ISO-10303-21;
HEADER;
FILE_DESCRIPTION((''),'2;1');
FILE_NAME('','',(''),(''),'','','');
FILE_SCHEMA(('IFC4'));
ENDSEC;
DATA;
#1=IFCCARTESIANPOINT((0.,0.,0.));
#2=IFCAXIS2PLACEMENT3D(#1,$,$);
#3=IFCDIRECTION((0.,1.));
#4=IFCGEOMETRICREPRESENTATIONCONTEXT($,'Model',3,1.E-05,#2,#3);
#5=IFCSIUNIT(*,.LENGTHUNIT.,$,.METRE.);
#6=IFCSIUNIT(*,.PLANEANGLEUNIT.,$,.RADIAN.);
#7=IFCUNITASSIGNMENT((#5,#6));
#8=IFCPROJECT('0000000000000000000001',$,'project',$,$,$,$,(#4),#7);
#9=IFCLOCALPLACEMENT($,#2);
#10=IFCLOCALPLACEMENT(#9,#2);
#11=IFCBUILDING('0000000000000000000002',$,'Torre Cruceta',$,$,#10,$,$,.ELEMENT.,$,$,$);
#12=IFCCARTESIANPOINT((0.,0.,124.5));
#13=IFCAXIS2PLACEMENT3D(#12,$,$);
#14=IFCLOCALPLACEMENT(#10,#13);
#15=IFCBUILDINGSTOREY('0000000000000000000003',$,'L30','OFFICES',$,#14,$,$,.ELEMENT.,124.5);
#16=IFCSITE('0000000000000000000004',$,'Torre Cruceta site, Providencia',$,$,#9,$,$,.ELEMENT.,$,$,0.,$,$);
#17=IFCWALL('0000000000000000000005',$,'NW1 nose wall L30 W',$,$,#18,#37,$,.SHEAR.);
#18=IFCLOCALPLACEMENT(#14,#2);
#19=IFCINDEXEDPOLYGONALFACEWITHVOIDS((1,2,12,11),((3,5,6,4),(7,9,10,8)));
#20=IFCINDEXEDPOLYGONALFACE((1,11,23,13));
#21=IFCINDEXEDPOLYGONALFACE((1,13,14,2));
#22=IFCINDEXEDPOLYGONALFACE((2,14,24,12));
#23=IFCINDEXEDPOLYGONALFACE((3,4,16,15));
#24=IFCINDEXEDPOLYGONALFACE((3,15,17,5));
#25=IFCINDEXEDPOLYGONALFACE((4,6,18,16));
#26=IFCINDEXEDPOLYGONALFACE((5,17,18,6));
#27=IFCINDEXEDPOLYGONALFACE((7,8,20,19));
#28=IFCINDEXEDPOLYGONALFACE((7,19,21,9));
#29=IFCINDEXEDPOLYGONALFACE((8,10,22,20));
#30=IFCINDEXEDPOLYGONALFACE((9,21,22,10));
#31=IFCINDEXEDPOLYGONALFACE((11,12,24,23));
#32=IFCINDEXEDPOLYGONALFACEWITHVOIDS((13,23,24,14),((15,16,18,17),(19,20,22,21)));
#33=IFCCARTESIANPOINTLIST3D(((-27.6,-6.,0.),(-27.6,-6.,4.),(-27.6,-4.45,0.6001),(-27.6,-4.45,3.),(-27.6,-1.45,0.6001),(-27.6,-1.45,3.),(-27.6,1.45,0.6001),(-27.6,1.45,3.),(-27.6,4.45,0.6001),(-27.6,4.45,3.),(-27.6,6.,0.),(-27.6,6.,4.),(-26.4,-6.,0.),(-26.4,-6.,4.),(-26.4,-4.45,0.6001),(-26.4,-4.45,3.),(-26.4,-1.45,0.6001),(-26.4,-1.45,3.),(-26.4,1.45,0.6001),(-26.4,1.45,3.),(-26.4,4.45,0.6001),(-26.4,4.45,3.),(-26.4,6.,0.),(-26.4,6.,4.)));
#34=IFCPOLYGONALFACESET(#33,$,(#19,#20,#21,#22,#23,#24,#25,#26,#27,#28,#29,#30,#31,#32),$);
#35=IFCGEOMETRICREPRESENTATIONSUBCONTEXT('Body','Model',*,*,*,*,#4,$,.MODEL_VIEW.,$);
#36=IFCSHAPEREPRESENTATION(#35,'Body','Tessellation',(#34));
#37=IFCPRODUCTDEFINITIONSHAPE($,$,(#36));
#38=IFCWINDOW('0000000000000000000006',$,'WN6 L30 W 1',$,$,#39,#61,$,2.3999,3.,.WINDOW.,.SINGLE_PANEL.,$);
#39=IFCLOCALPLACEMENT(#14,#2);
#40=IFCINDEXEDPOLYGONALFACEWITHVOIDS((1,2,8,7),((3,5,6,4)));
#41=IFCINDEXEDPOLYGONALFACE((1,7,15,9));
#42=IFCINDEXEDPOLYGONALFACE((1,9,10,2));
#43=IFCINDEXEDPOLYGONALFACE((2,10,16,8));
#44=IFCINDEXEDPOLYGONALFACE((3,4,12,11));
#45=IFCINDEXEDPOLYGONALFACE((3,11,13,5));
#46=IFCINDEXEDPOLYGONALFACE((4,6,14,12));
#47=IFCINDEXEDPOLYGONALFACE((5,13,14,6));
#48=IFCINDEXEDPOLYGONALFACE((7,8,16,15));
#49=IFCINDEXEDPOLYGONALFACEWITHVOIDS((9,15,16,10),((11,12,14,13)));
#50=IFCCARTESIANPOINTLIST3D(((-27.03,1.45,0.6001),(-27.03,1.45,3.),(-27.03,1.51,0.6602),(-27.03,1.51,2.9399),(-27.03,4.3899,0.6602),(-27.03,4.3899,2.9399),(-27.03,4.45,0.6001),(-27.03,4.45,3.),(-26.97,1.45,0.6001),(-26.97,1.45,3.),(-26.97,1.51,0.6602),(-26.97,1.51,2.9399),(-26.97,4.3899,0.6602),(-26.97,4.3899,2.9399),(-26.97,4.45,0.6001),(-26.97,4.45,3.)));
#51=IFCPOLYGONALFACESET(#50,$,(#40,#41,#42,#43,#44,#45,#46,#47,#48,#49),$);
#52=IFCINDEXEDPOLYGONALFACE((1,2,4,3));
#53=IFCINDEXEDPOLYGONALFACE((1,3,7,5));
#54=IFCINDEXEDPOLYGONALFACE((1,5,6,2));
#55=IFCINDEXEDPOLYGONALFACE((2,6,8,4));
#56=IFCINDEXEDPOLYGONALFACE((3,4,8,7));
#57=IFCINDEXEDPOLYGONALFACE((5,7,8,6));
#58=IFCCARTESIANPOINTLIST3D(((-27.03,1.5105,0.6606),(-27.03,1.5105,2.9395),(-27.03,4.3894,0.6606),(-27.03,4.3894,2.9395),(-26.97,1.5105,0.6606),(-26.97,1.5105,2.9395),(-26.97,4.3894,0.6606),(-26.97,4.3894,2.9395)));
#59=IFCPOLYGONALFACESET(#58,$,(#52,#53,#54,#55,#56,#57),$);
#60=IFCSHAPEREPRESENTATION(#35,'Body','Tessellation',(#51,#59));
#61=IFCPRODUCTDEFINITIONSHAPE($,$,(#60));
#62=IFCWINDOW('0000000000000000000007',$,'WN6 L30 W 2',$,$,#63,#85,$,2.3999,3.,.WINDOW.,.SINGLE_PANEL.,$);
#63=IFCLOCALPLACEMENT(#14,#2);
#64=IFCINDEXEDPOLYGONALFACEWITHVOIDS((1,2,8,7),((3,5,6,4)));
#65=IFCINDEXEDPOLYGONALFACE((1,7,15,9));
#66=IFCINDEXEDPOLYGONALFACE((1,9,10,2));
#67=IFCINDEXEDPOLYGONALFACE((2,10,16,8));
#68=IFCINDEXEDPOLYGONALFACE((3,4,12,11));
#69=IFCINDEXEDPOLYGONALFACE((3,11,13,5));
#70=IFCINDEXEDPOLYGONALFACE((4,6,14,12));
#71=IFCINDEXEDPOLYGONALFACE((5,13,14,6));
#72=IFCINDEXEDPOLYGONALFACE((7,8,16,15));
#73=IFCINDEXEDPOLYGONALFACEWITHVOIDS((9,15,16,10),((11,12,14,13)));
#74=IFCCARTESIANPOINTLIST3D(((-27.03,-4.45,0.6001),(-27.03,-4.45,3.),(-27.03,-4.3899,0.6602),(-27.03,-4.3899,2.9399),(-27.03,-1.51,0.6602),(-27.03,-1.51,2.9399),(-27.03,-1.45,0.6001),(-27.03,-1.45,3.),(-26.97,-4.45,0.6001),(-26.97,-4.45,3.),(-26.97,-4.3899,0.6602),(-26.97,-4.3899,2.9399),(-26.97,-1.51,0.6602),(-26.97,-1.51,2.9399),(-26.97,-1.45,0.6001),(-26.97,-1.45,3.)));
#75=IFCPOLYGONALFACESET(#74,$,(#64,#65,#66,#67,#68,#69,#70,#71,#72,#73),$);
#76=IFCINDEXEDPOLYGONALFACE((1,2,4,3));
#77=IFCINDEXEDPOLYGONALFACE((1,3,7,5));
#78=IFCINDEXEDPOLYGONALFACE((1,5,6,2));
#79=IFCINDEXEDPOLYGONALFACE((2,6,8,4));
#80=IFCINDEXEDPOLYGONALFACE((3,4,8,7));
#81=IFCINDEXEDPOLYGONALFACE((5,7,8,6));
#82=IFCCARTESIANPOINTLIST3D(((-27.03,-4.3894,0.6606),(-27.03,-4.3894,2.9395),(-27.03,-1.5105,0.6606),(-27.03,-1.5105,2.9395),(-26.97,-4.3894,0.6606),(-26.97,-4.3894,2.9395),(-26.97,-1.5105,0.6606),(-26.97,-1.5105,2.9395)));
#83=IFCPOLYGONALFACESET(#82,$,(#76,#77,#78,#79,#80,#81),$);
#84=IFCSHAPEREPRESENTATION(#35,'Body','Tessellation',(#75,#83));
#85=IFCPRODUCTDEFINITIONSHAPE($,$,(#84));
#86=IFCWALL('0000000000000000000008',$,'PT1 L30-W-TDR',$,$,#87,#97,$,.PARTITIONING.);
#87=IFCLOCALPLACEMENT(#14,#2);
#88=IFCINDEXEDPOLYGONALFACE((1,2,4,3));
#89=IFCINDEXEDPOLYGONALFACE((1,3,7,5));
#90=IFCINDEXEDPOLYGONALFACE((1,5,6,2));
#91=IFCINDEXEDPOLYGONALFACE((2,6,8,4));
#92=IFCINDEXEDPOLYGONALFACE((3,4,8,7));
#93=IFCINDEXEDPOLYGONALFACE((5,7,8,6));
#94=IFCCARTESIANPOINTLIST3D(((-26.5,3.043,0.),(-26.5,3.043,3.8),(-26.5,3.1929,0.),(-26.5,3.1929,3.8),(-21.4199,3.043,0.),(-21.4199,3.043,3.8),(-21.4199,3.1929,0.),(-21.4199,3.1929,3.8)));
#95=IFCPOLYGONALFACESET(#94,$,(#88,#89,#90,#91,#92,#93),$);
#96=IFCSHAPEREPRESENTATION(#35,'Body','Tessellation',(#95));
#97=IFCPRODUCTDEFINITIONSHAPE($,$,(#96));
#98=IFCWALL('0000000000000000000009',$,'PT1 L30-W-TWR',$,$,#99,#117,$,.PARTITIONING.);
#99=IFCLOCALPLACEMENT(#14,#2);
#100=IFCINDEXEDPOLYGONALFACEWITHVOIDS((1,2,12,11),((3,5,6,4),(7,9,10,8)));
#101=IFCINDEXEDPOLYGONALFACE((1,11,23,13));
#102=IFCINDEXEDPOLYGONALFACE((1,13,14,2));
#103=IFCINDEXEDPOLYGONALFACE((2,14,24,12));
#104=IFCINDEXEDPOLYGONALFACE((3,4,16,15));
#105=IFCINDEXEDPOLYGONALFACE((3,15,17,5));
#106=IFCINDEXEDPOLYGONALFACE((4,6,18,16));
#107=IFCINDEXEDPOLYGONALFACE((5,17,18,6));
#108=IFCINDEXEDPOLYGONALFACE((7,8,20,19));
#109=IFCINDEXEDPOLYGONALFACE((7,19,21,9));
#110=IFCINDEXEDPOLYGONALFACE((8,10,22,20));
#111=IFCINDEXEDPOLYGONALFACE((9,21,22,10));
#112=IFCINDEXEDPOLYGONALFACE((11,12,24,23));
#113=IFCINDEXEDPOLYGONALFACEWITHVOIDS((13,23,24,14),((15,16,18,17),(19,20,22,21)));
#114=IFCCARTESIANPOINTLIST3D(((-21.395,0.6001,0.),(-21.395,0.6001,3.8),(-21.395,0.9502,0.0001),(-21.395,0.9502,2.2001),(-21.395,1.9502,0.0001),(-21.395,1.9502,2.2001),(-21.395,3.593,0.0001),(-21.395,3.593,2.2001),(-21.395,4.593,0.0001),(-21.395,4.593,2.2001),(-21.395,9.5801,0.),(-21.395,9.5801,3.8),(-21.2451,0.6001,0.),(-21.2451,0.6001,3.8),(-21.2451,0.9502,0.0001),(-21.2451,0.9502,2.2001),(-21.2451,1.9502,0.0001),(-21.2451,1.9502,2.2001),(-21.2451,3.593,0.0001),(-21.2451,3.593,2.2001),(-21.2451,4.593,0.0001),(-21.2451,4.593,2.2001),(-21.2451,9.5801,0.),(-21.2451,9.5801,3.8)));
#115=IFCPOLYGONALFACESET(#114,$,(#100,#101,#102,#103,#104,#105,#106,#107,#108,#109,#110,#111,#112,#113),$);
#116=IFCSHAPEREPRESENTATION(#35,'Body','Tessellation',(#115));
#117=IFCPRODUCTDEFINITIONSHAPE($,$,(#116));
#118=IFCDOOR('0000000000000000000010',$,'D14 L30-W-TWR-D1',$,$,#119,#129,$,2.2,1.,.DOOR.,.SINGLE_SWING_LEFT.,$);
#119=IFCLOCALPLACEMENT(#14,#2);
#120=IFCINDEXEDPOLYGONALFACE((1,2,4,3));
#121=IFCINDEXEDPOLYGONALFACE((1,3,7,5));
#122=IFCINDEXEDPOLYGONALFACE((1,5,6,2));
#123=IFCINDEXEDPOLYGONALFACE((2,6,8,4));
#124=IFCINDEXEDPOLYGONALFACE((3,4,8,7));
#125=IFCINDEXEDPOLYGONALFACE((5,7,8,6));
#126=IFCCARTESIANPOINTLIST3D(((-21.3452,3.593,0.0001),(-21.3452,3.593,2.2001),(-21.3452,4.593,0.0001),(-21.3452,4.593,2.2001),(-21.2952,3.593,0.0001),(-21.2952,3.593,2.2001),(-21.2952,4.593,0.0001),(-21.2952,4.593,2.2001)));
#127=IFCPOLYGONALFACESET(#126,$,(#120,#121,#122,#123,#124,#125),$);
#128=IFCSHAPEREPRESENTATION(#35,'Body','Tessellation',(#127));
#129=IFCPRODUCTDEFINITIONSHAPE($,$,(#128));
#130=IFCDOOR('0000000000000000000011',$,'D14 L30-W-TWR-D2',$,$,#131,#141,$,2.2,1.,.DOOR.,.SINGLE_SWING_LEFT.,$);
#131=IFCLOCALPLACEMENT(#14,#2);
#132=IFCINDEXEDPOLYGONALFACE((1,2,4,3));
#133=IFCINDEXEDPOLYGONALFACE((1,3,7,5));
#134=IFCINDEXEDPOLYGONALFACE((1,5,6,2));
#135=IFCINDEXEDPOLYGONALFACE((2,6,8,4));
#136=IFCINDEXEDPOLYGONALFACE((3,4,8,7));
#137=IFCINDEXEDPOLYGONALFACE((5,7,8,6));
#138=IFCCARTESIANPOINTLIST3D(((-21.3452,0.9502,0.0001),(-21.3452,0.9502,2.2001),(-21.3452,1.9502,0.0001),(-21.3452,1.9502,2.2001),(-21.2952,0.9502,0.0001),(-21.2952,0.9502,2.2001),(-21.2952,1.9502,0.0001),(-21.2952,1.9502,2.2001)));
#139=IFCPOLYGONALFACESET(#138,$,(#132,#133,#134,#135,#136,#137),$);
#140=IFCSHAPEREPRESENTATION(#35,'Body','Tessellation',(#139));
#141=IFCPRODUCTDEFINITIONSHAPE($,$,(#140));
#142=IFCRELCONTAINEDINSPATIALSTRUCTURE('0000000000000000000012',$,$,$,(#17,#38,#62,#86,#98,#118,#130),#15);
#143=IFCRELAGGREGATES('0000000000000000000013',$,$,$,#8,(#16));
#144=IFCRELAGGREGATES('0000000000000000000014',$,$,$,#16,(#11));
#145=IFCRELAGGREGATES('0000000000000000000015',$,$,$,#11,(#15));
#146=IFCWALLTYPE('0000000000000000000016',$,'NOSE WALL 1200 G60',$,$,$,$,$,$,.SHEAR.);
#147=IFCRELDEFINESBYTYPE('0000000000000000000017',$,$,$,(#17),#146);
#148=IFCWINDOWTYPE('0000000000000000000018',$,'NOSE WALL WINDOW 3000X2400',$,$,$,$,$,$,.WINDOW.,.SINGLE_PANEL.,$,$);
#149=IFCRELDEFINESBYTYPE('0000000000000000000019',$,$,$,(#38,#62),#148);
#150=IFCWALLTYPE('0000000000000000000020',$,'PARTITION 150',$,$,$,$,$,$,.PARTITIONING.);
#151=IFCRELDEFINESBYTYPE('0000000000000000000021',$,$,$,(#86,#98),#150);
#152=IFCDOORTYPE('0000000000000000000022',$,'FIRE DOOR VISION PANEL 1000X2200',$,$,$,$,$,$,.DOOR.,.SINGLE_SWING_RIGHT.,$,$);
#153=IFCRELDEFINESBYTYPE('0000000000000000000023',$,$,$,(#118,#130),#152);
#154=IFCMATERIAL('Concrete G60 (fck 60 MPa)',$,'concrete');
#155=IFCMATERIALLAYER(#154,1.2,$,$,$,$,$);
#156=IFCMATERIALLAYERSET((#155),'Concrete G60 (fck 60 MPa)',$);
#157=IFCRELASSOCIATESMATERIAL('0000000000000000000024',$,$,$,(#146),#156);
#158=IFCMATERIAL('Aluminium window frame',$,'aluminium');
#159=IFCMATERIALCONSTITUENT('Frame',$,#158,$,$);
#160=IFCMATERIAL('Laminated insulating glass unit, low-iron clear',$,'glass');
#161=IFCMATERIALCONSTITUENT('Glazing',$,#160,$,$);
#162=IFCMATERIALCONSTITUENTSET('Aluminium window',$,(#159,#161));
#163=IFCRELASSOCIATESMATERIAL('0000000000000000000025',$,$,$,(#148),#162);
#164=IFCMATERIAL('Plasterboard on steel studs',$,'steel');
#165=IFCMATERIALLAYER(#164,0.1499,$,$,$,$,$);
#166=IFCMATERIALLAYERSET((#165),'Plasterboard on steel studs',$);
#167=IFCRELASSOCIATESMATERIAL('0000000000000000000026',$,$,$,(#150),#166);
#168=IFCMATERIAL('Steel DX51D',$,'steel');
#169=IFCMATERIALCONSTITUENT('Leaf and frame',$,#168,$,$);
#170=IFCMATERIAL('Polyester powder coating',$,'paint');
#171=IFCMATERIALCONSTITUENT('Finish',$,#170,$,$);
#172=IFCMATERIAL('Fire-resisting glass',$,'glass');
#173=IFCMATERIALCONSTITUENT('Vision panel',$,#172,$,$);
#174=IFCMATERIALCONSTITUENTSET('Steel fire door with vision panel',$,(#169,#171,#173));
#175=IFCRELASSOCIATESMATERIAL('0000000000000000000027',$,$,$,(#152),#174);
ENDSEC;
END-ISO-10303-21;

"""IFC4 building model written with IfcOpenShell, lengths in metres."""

from ifc_helpers import new_model, si_unit, direction, frame, frame_2d, origin, place, context, subcontext, project, spatial, rectangle, hollow_rectangle, extrude, material, layer, layer_set, constituent, constituent_set, type_object, element, fill, save


model = new_model("IFC4")

# Units and contexts
model_context = context("Model", 3, precision=1e-05, world=origin(), true_north=direction((0.0, 1.0)))
body_context = subcontext(model_context, "Body", "Model", "MODEL_VIEW")
ifc_project = project(units=[si_unit("LENGTHUNIT", "METRE"), si_unit("PLANEANGLEUNIT", "RADIAN")], contexts=[model_context])

# Site, building, storey
site_placement = place(None, origin())
site = spatial("IfcSite", under=ifc_project, at=site_placement, Name="Torre Cruceta site, Providencia", CompositionType="ELEMENT", RefElevation=0.0)
building_placement = place(site_placement, origin())
building = spatial("IfcBuilding", under=site, at=building_placement, Name="Torre Cruceta", CompositionType="ELEMENT")
storey_placement = place(building_placement, frame((0.0, 0.0, 124.5)))
storey = spatial("IfcBuildingStorey", under=building, at=storey_placement, Name="L30", Description="OFFICES", CompositionType="ELEMENT", Elevation=124.5)

# Wall, openings, windows
ifc_material_1 = material(Name="Concrete G60 (fck 60 MPa)", Category="concrete")
ifc_layer_1 = layer(ifc_material_1, 1.2)
ifc_layer_set_1 = layer_set([ifc_layer_1], Name="Concrete G60 (fck 60 MPa)")
wall_type_1 = type_object("IfcWallType", Name="NOSE WALL 1200 G60", PredefinedType="SHEAR", material=ifc_layer_set_1)
wall_1_placement = place(storey_placement, frame((-27.0, 6.0, 0.0), z_axis=(0.0, 0.0, 1.0), x_axis=(0.0, -1.0, 0.0)))
wall_1 = element("IfcWall", 1, at=wall_1_placement, inside=storey, type_object=wall_type_1, Name="NW1 nose wall L30 W", PredefinedType="SHEAR", context=body_context, shape_type="SweptSolid", body=[
    extrude(rectangle(XDim=12.0, YDim=1.2, at=frame_2d((6.0, 0.0))), origin(), (0.0, 0.0, 1.0), 4.0),
])
opening_1_placement = place(wall_1_placement, frame((1.55, 0.0, 0.6001)))
opening_1 = element("IfcOpeningElement", 2, at=opening_1_placement, cuts=wall_1, PredefinedType="OPENING", context=body_context, shape_type="SweptSolid", body=[
    extrude(rectangle(XDim=3.0, YDim=2.3999, at=frame_2d((1.5, 1.2))), frame((0.0, 0.6099, 0.0), z_axis=(0.0, -1.0, 0.0), x_axis=(1.0, 0.0, 0.0)), (0.0, 0.0, 1.0), 1.22),
])
opening_2_placement = place(wall_1_placement, frame((7.45, 0.0, 0.6001)))
opening_2 = element("IfcOpeningElement", 3, at=opening_2_placement, cuts=wall_1, PredefinedType="OPENING", context=body_context, shape_type="SweptSolid", body=[
    extrude(rectangle(XDim=3.0, YDim=2.3999, at=frame_2d((1.5, 1.2))), frame((0.0, 0.6099, 0.0), z_axis=(0.0, -1.0, 0.0), x_axis=(1.0, 0.0, 0.0)), (0.0, 0.0, 1.0), 1.22),
])
ifc_material_2 = material(Name="Aluminium window frame", Category="aluminium")
ifc_constituent_1 = constituent(ifc_material_2, Name="Frame")
ifc_material_3 = material(Name="Laminated insulating glass unit, low-iron clear", Category="glass")
ifc_constituent_2 = constituent(ifc_material_3, Name="Glazing")
ifc_constituent_set_1 = constituent_set(constituents=[ifc_constituent_1, ifc_constituent_2], Name="Aluminium window")
window_type_1 = type_object("IfcWindowType", Name="NOSE WALL WINDOW 3000X2400", PartitioningType="SINGLE_PANEL", PredefinedType="WINDOW", material=ifc_constituent_set_1)
window_1_placement = place(opening_1_placement, origin())
window_1 = element("IfcWindow", 4, at=window_1_placement, inside=storey, type_object=window_type_1, Name="WN6 L30 W 1", OverallHeight=2.3999, OverallWidth=3.0, PartitioningType="SINGLE_PANEL", PredefinedType="WINDOW", context=body_context, shape_type="SweptSolid", body=[
    extrude(hollow_rectangle(XDim=3.0, YDim=2.3999, WallThickness=0.0601, at=frame_2d((1.5, 1.2))), frame((0.0, 0.03, 0.0), z_axis=(0.0, -1.0, 0.0), x_axis=(1.0, 0.0, 0.0)), (0.0, 0.0, 1.0), 0.0601),
    extrude(rectangle(XDim=2.8789, YDim=2.2788, at=frame_2d((1.5, 1.2))), frame((0.0, 0.03, 0.0), z_axis=(0.0, -1.0, 0.0), x_axis=(1.0, 0.0, 0.0)), (0.0, 0.0, 1.0), 0.0601),
])
fill(opening_1, window_1)
window_2_placement = place(opening_2_placement, origin())
window_2 = element("IfcWindow", 5, at=window_2_placement, inside=storey, type_object=window_type_1, Name="WN6 L30 W 2", OverallHeight=2.3999, OverallWidth=3.0, PartitioningType="SINGLE_PANEL", PredefinedType="WINDOW", context=body_context, shape_type="SweptSolid", body=[
    extrude(hollow_rectangle(XDim=3.0, YDim=2.3999, WallThickness=0.0601, at=frame_2d((1.5, 1.2))), frame((0.0, 0.03, 0.0), z_axis=(0.0, -1.0, 0.0), x_axis=(1.0, 0.0, 0.0)), (0.0, 0.0, 1.0), 0.0601),
    extrude(rectangle(XDim=2.8789, YDim=2.2788, at=frame_2d((1.5, 1.2))), frame((0.0, 0.03, 0.0), z_axis=(0.0, -1.0, 0.0), x_axis=(1.0, 0.0, 0.0)), (0.0, 0.0, 1.0), 0.0601),
])
fill(opening_2, window_2)

# Wall
ifc_material_4 = material(Name="Plasterboard on steel studs", Category="steel")
ifc_layer_2 = layer(ifc_material_4, 0.1499)
ifc_layer_set_2 = layer_set([ifc_layer_2], Name="Plasterboard on steel studs")
wall_type_2 = type_object("IfcWallType", Name="PARTITION 150", PredefinedType="PARTITIONING", material=ifc_layer_set_2)
wall_2_placement = place(storey_placement, frame((-21.4199, 3.1179, 0.0), z_axis=(0.0, 0.0, 1.0), x_axis=(-1.0, 0.0, 0.0)))
element("IfcWall", 6, at=wall_2_placement, inside=storey, type_object=wall_type_2, Name="PT1 L30-W-TDR", PredefinedType="PARTITIONING", context=body_context, shape_type="SweptSolid", body=[
    extrude(rectangle(XDim=5.0801, YDim=0.1499, at=frame_2d((2.54, 0.0))), origin(), (0.0, 0.0, 1.0), 3.8),
])

# Wall, openings, doors
wall_3_placement = place(storey_placement, frame((-21.3201, 9.5801, 0.0), z_axis=(0.0, 0.0, 1.0), x_axis=(0.0, -1.0, 0.0)))
wall_3 = element("IfcWall", 7, at=wall_3_placement, inside=storey, type_object=wall_type_2, Name="PT1 L30-W-TWR", PredefinedType="PARTITIONING", context=body_context, shape_type="SweptSolid", body=[
    extrude(rectangle(XDim=8.98, YDim=0.1499, at=frame_2d((4.49, 0.0))), origin(), (0.0, 0.0, 1.0), 3.8),
])
opening_3_placement = place(wall_3_placement, frame((4.9871, 0.0, 0.0)))
opening_3 = element("IfcOpeningElement", 8, at=opening_3_placement, cuts=wall_3, PredefinedType="OPENING", context=body_context, shape_type="SweptSolid", body=[
    extrude(rectangle(XDim=1.0, YDim=2.2, at=frame_2d((0.5, 1.1001))), frame((0.0, 0.085, 0.0), z_axis=(0.0, -1.0, 0.0), x_axis=(1.0, 0.0, 0.0)), (0.0, 0.0, 1.0), 0.1699),
])
opening_4_placement = place(wall_3_placement, frame((7.6299, 0.0, 0.0)))
opening_4 = element("IfcOpeningElement", 9, at=opening_4_placement, cuts=wall_3, PredefinedType="OPENING", context=body_context, shape_type="SweptSolid", body=[
    extrude(rectangle(XDim=1.0, YDim=2.2, at=frame_2d((0.5, 1.1001))), frame((0.0, 0.085, 0.0), z_axis=(0.0, -1.0, 0.0), x_axis=(1.0, 0.0, 0.0)), (0.0, 0.0, 1.0), 0.1699),
])
ifc_material_5 = material(Name="Steel DX51D", Category="steel")
ifc_constituent_3 = constituent(ifc_material_5, Name="Leaf and frame")
ifc_material_6 = material(Name="Polyester powder coating", Category="paint")
ifc_constituent_4 = constituent(ifc_material_6, Name="Finish")
ifc_material_7 = material(Name="Fire-resisting glass", Category="glass")
ifc_constituent_5 = constituent(ifc_material_7, Name="Vision panel")
ifc_constituent_set_2 = constituent_set(constituents=[ifc_constituent_3, ifc_constituent_4, ifc_constituent_5], Name="Steel fire door with vision panel")
door_type = type_object("IfcDoorType", Name="FIRE DOOR VISION PANEL 1000X2200", OperationType="SINGLE_SWING_RIGHT", PredefinedType="DOOR", material=ifc_constituent_set_2)
door_1_placement = place(opening_3_placement, frame((1.0, 0.0, 0.0), z_axis=(0.0, 0.0, 1.0), x_axis=(-1.0, 0.0, 0.0)))
door_1 = element("IfcDoor", 10, at=door_1_placement, inside=storey, type_object=door_type, Name="D14 L30-W-TWR-D1", OperationType="SINGLE_SWING_LEFT", OverallHeight=2.2, OverallWidth=1.0, PredefinedType="DOOR", context=body_context, shape_type="SweptSolid", body=[
    extrude(rectangle(XDim=1.0, YDim=2.2, at=frame_2d((0.5, 1.1001))), frame((0.0, 0.0251, 0.0), z_axis=(0.0, -1.0, 0.0), x_axis=(1.0, 0.0, 0.0)), (0.0, 0.0, 1.0), 0.05),
])
fill(opening_3, door_1)
door_2_placement = place(opening_4_placement, frame((1.0, 0.0, 0.0), z_axis=(0.0, 0.0, 1.0), x_axis=(-1.0, 0.0, 0.0)))
door_2 = element("IfcDoor", 11, at=door_2_placement, inside=storey, type_object=door_type, Name="D14 L30-W-TWR-D2", OperationType="SINGLE_SWING_LEFT", OverallHeight=2.2, OverallWidth=1.0, PredefinedType="DOOR", context=body_context, shape_type="SweptSolid", body=[
    extrude(rectangle(XDim=1.0, YDim=2.2, at=frame_2d((0.5, 1.1001))), frame((0.0, 0.0251, 0.0), z_axis=(0.0, -1.0, 0.0), x_axis=(1.0, 0.0, 0.0)), (0.0, 0.0, 1.0), 0.05),
])
fill(opening_4, door_2)

save(model, "model.ifc")
